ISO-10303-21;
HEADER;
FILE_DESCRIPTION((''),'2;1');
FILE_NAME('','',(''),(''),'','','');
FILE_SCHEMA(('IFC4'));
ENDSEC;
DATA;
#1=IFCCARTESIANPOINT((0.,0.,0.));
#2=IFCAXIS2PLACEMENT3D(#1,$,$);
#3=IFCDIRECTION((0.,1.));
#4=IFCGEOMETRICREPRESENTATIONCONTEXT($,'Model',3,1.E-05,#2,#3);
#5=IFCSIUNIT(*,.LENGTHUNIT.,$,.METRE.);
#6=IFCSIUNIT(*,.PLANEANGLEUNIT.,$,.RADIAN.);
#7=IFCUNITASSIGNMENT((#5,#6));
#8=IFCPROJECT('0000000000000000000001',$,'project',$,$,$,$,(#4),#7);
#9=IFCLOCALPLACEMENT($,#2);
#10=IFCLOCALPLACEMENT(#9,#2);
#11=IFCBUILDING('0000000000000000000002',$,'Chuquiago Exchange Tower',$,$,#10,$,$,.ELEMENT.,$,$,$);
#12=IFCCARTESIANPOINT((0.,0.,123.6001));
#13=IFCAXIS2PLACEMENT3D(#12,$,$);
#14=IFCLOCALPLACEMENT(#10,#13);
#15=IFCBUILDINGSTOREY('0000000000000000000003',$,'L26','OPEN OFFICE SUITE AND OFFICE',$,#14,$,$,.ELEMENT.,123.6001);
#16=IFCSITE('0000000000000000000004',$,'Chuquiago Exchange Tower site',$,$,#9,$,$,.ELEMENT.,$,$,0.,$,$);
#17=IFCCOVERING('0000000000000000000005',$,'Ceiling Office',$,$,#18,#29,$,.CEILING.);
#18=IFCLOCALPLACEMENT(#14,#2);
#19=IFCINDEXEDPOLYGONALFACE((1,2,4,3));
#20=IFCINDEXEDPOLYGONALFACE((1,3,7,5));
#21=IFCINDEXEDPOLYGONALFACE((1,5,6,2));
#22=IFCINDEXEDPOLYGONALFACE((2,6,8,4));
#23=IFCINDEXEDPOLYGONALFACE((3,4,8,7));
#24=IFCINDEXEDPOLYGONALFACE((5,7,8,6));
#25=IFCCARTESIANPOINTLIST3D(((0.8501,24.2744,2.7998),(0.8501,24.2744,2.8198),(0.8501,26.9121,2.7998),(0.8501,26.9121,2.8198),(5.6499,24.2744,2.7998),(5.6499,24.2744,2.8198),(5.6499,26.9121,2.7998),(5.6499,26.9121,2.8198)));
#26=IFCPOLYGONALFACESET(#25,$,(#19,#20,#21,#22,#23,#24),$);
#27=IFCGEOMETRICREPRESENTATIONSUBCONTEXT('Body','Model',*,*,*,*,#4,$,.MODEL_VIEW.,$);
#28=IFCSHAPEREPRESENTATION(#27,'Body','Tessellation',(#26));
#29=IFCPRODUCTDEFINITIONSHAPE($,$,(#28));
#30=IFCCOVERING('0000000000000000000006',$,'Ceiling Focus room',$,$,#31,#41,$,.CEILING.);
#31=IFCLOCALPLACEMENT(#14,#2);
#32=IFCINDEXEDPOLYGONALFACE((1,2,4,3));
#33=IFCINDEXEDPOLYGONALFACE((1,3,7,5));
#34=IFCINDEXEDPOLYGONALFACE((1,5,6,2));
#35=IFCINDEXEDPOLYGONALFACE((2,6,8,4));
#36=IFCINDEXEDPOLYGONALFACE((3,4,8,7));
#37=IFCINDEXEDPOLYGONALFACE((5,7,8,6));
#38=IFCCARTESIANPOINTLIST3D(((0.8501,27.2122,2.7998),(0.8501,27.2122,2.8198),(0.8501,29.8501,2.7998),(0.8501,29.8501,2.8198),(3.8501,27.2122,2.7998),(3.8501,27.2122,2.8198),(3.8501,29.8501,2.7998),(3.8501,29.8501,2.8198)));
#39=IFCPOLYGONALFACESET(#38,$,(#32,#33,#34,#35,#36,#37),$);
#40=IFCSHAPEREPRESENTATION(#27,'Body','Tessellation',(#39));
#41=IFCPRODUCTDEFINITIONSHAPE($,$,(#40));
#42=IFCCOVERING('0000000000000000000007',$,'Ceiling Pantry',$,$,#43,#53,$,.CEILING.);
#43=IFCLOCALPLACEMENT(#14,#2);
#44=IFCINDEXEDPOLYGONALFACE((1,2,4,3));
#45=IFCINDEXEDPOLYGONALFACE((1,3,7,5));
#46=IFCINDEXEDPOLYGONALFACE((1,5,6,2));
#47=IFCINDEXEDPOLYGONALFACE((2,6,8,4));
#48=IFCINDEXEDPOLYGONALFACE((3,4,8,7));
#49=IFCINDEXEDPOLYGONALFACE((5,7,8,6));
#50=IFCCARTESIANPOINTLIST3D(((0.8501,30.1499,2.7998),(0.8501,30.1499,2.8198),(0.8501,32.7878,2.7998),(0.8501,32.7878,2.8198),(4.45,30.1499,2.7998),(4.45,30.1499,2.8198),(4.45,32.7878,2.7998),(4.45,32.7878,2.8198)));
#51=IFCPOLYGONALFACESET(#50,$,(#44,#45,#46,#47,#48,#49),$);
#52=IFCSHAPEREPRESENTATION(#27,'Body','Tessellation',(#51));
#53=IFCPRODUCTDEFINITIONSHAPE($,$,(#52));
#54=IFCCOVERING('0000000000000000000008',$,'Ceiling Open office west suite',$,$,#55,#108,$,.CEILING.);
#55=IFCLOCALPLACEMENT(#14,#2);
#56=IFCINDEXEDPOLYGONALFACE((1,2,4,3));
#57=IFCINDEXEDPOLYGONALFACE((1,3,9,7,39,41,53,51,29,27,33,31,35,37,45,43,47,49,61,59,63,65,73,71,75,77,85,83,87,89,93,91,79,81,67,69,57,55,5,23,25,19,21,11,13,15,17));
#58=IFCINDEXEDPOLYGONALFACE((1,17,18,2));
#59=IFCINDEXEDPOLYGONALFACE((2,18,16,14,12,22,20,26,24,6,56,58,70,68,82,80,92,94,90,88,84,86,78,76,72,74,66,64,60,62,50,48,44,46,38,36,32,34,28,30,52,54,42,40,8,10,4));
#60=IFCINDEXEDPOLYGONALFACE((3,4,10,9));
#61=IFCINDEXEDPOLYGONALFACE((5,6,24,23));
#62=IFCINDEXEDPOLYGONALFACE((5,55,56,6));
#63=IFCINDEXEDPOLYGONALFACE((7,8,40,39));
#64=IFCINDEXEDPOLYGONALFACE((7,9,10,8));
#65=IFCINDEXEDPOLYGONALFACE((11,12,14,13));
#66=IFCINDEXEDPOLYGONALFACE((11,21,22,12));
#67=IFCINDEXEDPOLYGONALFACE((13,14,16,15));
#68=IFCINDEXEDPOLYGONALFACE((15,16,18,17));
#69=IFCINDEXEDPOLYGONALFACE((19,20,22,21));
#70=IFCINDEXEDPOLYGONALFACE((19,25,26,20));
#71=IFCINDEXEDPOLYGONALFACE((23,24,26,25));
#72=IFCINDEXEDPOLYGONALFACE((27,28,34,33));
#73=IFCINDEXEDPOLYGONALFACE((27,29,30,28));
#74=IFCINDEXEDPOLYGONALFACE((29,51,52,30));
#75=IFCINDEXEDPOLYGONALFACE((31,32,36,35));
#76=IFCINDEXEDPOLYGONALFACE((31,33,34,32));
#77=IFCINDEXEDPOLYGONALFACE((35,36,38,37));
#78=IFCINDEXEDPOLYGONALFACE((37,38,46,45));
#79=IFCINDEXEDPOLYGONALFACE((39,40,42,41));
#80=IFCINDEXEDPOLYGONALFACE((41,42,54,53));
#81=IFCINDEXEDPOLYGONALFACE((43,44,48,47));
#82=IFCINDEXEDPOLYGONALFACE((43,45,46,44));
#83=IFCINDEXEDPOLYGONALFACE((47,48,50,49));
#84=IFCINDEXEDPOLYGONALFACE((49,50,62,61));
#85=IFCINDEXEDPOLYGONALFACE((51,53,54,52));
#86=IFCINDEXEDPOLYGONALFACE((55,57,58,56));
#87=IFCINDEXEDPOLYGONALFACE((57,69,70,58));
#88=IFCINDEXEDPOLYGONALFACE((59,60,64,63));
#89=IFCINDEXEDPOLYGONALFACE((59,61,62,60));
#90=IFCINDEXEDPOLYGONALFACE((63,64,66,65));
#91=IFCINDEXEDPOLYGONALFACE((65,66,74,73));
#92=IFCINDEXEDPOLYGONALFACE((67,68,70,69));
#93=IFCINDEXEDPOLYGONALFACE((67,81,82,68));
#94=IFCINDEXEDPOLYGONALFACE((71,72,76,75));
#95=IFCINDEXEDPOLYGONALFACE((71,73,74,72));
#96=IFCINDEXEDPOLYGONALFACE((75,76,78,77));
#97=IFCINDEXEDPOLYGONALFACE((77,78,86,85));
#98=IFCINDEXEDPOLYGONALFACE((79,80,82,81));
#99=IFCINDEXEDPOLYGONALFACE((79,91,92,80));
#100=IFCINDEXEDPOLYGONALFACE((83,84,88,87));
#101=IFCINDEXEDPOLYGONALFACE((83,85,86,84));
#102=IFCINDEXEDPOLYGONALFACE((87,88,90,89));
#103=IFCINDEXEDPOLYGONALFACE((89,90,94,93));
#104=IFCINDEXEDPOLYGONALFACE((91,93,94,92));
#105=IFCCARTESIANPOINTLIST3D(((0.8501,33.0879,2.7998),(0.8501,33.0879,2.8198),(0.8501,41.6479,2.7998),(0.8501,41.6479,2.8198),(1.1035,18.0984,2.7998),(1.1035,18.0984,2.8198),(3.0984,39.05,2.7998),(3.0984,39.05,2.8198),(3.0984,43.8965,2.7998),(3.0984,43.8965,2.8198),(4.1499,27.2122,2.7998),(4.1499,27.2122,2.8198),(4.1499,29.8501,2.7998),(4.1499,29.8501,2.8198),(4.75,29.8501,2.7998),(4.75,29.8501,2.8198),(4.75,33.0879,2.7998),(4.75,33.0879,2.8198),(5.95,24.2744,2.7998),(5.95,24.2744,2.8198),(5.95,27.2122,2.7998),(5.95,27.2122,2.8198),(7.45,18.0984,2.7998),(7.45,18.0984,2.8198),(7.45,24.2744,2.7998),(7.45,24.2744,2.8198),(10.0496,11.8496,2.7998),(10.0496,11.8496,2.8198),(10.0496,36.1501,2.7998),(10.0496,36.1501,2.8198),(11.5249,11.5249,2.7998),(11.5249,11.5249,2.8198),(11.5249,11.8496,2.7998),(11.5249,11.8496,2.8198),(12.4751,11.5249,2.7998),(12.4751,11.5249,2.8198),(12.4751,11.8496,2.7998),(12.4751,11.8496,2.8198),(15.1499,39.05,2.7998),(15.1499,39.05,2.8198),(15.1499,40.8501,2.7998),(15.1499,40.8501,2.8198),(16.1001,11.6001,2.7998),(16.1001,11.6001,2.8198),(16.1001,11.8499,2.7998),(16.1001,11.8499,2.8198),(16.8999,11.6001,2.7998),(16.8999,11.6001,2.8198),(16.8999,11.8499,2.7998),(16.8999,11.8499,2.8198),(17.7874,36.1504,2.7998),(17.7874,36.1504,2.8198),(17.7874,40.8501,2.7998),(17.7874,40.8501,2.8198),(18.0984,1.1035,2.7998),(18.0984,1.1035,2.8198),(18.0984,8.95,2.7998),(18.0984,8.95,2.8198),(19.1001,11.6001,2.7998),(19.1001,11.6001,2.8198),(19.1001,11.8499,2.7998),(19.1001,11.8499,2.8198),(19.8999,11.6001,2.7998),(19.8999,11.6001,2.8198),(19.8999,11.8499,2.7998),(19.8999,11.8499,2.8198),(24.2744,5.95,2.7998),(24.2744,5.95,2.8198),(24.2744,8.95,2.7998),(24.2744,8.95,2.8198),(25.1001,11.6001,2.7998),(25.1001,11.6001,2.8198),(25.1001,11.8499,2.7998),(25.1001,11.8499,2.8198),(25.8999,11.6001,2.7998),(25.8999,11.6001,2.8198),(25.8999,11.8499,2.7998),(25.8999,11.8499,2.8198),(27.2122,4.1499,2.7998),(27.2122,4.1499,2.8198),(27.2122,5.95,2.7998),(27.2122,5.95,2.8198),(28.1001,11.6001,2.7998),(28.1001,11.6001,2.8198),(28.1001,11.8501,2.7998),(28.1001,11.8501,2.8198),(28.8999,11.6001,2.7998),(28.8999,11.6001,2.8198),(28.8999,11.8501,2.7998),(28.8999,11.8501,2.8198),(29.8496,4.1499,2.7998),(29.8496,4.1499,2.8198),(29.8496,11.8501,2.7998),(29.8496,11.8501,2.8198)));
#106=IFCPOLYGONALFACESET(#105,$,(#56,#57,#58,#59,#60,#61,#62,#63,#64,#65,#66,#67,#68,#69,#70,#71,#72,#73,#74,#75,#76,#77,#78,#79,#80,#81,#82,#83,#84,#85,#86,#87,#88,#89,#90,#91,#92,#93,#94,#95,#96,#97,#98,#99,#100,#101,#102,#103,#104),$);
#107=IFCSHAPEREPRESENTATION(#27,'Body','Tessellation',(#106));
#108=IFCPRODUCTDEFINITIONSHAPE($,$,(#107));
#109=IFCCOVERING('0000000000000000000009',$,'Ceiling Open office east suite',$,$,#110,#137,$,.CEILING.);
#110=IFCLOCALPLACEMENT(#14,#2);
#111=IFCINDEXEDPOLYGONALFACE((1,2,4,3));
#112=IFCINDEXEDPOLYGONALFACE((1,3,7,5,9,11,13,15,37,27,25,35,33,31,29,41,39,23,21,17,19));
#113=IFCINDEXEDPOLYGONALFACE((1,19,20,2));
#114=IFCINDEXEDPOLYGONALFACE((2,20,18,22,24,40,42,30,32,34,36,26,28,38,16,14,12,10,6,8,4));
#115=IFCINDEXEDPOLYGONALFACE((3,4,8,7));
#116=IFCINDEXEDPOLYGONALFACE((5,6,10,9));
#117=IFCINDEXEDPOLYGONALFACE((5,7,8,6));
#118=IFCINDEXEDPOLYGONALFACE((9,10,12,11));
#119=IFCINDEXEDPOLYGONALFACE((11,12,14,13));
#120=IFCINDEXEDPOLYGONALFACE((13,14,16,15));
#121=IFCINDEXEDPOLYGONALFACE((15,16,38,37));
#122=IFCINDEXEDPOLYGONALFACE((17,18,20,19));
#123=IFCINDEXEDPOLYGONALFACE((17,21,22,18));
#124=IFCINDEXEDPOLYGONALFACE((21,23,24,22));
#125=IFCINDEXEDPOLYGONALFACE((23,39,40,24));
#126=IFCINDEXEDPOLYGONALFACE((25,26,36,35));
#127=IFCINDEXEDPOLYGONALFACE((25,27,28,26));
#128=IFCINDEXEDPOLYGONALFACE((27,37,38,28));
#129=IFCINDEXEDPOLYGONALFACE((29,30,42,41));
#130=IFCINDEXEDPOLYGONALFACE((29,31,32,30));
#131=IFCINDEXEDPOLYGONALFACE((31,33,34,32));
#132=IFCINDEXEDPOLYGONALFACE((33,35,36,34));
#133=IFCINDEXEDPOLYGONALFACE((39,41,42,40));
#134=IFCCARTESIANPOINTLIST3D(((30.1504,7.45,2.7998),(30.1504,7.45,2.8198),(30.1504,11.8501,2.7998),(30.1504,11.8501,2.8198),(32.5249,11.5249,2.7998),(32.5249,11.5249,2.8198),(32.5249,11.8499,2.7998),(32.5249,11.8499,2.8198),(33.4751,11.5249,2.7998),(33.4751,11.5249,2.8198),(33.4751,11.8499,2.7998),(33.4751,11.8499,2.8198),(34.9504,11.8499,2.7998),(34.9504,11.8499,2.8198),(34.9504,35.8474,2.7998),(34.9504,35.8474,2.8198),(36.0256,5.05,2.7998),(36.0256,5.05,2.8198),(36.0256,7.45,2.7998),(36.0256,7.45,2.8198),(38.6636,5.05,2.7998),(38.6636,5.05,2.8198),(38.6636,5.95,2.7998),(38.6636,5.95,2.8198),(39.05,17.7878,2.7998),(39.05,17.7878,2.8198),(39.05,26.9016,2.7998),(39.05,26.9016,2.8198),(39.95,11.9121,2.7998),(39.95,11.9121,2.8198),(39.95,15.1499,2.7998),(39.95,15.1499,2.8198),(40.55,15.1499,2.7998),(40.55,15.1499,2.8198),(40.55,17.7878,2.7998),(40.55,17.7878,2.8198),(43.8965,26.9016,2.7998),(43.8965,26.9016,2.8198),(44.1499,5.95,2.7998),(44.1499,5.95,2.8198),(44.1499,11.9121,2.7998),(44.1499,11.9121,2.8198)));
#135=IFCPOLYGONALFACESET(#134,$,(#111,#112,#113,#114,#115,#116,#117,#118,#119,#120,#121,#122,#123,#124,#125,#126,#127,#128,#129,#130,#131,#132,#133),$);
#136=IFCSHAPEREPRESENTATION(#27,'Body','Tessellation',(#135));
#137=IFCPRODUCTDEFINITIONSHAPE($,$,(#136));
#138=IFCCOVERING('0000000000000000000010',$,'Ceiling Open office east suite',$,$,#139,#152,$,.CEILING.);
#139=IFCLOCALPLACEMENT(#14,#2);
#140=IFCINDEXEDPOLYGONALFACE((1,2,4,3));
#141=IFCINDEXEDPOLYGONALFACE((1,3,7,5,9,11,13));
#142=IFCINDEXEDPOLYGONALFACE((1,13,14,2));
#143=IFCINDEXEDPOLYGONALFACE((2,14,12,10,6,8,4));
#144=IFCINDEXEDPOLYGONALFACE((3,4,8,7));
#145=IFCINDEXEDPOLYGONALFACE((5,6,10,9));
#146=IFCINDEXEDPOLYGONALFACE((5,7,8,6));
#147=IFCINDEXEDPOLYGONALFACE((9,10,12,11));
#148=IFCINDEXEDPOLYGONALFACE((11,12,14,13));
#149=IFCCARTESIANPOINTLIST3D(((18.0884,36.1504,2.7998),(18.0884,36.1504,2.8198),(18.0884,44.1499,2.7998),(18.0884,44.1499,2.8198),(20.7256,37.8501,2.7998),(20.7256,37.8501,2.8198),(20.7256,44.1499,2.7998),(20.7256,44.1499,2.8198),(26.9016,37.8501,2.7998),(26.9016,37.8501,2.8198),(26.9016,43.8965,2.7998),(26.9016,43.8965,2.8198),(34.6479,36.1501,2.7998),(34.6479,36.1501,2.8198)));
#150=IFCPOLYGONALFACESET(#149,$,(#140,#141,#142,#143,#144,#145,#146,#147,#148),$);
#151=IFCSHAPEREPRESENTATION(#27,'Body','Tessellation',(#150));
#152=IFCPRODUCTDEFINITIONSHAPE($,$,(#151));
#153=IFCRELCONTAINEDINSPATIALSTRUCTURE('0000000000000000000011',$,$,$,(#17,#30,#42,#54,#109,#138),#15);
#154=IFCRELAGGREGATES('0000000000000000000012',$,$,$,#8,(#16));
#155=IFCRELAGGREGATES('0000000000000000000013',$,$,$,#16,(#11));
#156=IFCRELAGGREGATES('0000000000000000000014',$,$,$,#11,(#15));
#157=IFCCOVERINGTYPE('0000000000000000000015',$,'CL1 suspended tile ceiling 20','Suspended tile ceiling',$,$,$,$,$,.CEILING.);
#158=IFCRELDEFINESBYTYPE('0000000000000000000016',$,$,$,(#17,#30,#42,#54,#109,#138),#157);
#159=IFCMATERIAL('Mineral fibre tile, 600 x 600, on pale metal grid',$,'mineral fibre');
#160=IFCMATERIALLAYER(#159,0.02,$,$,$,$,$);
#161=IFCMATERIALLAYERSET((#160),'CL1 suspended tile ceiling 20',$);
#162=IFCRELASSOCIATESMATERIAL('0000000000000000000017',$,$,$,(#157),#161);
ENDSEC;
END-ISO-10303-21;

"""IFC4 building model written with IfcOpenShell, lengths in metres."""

from ifc_helpers import new_model, si_unit, direction, frame, origin, place, context, subcontext, project, spatial, polyline, outline, extrude, material, layer, layer_set, type_object, element, save


model = new_model("IFC4")

# Units and contexts
model_context = context("Model", 3, precision=1e-05, world=origin(), true_north=direction((0.0, 1.0)))
body_context = subcontext(model_context, "Body", "Model", "MODEL_VIEW")
ifc_project = project(units=[si_unit("LENGTHUNIT", "METRE"), si_unit("PLANEANGLEUNIT", "RADIAN")], contexts=[model_context])

# Site, building, storey
site_placement = place(None, origin())
site = spatial("IfcSite", under=ifc_project, at=site_placement, Name="Chuquiago Exchange Tower site", CompositionType="ELEMENT", RefElevation=0.0)
building_placement = place(site_placement, origin())
building = spatial("IfcBuilding", under=site, at=building_placement, Name="Chuquiago Exchange Tower", CompositionType="ELEMENT")
storey_placement = place(building_placement, frame((0.0, 0.0, 123.6001)))
storey = spatial("IfcBuildingStorey", under=building, at=storey_placement, Name="L26", Description="OPEN OFFICE SUITE AND OFFICE", CompositionType="ELEMENT", Elevation=123.6001)

# Coverings
ifc_material_1 = material(Name="Mineral fibre tile, 600 x 600, on pale metal grid", Category="mineral fibre")
ifc_layer_1 = layer(ifc_material_1, 0.02)
ifc_layer_set_1 = layer_set([ifc_layer_1], Name="CL1 suspended tile ceiling 20")
covering_type_1 = type_object("IfcCoveringType", Name="CL1 suspended tile ceiling 20", Description="Suspended tile ceiling", PredefinedType="CEILING", material=ifc_layer_set_1)
covering_1_placement = place(storey_placement, frame((0.0, 0.0, 2.7998)))
element("IfcCovering", 1, at=covering_1_placement, inside=storey, type_object=covering_type_1, Name="Ceiling Office", PredefinedType="CEILING", context=body_context, shape_type="SweptSolid", body=[
    extrude(outline(polyline([(5.6499, 26.9121), (5.6499, 24.2744), (0.8501, 24.2744), (0.8501, 26.9121), (5.6499, 26.9121)])), origin(), (0.0, 0.0, 1.0), 0.02),
])
covering_2_placement = place(storey_placement, frame((0.0, 0.0, 2.7998)))
element("IfcCovering", 2, at=covering_2_placement, inside=storey, type_object=covering_type_1, Name="Ceiling Focus room", PredefinedType="CEILING", context=body_context, shape_type="SweptSolid", body=[
    extrude(outline(polyline([(3.8501, 29.8501), (3.8501, 27.2122), (0.8501, 27.2122), (0.8501, 29.8501), (3.8501, 29.8501)])), origin(), (0.0, 0.0, 1.0), 0.02),
])
covering_3_placement = place(storey_placement, frame((0.0, 0.0, 2.7998)))
element("IfcCovering", 3, at=covering_3_placement, inside=storey, type_object=covering_type_1, Name="Ceiling Pantry", PredefinedType="CEILING", context=body_context, shape_type="SweptSolid", body=[
    extrude(outline(polyline([(4.45, 32.7878), (4.45, 30.1499), (0.8501, 30.1499), (0.8501, 32.7878), (4.45, 32.7878)])), origin(), (0.0, 0.0, 1.0), 0.02),
])
covering_4_placement = place(storey_placement, frame((0.0, 0.0, 2.7998)))
element("IfcCovering", 4, at=covering_4_placement, inside=storey, type_object=covering_type_1, Name="Ceiling Open office west suite", PredefinedType="CEILING", context=body_context, shape_type="SweptSolid", body=[
    extrude(outline(polyline([(3.0984, 39.05), (15.1499, 39.05), (15.1499, 40.8501), (17.7874, 40.8501), (17.7874, 36.1504), (10.0496, 36.1501), (10.0496, 11.8496), (11.5249, 11.8496), (11.5249, 11.5249), (12.4751, 11.5249), (12.4751, 11.8496), (16.1001, 11.8499), (16.1001, 11.6001), (16.8999, 11.6001), (16.8999, 11.8499), (19.1001, 11.8499), (19.1001, 11.6001), (19.8999, 11.6001), (19.8999, 11.8499), (25.1001, 11.8499), (25.1001, 11.6001), (25.8999, 11.6001), (25.8999, 11.8499), (28.1001, 11.8501), (28.1001, 11.6001), (28.8999, 11.6001), (28.8999, 11.8501), (29.8496, 11.8501), (29.8496, 4.1499), (27.2122, 4.1499), (27.2122, 5.95), (24.2744, 5.95), (24.2744, 8.95), (18.0984, 8.95), (18.0984, 1.1035), (1.1035, 18.0984), (7.45, 18.0984), (7.45, 24.2744), (5.95, 24.2744), (5.95, 27.2122), (4.1499, 27.2122), (4.1499, 29.8501), (4.75, 29.8501), (4.75, 33.0879), (0.8501, 33.0879), (0.8501, 41.6479), (3.0984, 43.8965), (3.0984, 39.05)])), origin(), (0.0, 0.0, 1.0), 0.02),
])
covering_5_placement = place(storey_placement, frame((0.0, 0.0, 2.7998)))
element("IfcCovering", 5, at=covering_5_placement, inside=storey, type_object=covering_type_1, Name="Ceiling Open office east suite", PredefinedType="CEILING", context=body_context, shape_type="SweptSolid", body=[
    extrude(outline(polyline([(43.8965, 26.9016), (39.05, 26.9016), (39.05, 17.7878), (40.55, 17.7878), (40.55, 15.1499), (39.95, 15.1499), (39.95, 11.9121), (44.1499, 11.9121), (44.1499, 5.95), (38.6636, 5.95), (38.6636, 5.05), (36.0256, 5.05), (36.0256, 7.45), (30.1504, 7.45), (30.1504, 11.8501), (32.5249, 11.8499), (32.5249, 11.5249), (33.4751, 11.5249), (33.4751, 11.8499), (34.9504, 11.8499), (34.9504, 35.8474), (43.8965, 26.9016)])), origin(), (0.0, 0.0, 1.0), 0.02),
])
covering_6_placement = place(storey_placement, frame((0.0, 0.0, 2.7998)))
element("IfcCovering", 6, at=covering_6_placement, inside=storey, type_object=covering_type_1, Name="Ceiling Open office east suite", PredefinedType="CEILING", context=body_context, shape_type="SweptSolid", body=[
    extrude(outline(polyline([(20.7256, 37.8501), (26.9016, 37.8501), (26.9016, 43.8965), (34.6479, 36.1501), (18.0884, 36.1504), (18.0884, 44.1499), (20.7256, 44.1499), (20.7256, 37.8501)])), origin(), (0.0, 0.0, 1.0), 0.02),
])

save(model, "model.ifc")
